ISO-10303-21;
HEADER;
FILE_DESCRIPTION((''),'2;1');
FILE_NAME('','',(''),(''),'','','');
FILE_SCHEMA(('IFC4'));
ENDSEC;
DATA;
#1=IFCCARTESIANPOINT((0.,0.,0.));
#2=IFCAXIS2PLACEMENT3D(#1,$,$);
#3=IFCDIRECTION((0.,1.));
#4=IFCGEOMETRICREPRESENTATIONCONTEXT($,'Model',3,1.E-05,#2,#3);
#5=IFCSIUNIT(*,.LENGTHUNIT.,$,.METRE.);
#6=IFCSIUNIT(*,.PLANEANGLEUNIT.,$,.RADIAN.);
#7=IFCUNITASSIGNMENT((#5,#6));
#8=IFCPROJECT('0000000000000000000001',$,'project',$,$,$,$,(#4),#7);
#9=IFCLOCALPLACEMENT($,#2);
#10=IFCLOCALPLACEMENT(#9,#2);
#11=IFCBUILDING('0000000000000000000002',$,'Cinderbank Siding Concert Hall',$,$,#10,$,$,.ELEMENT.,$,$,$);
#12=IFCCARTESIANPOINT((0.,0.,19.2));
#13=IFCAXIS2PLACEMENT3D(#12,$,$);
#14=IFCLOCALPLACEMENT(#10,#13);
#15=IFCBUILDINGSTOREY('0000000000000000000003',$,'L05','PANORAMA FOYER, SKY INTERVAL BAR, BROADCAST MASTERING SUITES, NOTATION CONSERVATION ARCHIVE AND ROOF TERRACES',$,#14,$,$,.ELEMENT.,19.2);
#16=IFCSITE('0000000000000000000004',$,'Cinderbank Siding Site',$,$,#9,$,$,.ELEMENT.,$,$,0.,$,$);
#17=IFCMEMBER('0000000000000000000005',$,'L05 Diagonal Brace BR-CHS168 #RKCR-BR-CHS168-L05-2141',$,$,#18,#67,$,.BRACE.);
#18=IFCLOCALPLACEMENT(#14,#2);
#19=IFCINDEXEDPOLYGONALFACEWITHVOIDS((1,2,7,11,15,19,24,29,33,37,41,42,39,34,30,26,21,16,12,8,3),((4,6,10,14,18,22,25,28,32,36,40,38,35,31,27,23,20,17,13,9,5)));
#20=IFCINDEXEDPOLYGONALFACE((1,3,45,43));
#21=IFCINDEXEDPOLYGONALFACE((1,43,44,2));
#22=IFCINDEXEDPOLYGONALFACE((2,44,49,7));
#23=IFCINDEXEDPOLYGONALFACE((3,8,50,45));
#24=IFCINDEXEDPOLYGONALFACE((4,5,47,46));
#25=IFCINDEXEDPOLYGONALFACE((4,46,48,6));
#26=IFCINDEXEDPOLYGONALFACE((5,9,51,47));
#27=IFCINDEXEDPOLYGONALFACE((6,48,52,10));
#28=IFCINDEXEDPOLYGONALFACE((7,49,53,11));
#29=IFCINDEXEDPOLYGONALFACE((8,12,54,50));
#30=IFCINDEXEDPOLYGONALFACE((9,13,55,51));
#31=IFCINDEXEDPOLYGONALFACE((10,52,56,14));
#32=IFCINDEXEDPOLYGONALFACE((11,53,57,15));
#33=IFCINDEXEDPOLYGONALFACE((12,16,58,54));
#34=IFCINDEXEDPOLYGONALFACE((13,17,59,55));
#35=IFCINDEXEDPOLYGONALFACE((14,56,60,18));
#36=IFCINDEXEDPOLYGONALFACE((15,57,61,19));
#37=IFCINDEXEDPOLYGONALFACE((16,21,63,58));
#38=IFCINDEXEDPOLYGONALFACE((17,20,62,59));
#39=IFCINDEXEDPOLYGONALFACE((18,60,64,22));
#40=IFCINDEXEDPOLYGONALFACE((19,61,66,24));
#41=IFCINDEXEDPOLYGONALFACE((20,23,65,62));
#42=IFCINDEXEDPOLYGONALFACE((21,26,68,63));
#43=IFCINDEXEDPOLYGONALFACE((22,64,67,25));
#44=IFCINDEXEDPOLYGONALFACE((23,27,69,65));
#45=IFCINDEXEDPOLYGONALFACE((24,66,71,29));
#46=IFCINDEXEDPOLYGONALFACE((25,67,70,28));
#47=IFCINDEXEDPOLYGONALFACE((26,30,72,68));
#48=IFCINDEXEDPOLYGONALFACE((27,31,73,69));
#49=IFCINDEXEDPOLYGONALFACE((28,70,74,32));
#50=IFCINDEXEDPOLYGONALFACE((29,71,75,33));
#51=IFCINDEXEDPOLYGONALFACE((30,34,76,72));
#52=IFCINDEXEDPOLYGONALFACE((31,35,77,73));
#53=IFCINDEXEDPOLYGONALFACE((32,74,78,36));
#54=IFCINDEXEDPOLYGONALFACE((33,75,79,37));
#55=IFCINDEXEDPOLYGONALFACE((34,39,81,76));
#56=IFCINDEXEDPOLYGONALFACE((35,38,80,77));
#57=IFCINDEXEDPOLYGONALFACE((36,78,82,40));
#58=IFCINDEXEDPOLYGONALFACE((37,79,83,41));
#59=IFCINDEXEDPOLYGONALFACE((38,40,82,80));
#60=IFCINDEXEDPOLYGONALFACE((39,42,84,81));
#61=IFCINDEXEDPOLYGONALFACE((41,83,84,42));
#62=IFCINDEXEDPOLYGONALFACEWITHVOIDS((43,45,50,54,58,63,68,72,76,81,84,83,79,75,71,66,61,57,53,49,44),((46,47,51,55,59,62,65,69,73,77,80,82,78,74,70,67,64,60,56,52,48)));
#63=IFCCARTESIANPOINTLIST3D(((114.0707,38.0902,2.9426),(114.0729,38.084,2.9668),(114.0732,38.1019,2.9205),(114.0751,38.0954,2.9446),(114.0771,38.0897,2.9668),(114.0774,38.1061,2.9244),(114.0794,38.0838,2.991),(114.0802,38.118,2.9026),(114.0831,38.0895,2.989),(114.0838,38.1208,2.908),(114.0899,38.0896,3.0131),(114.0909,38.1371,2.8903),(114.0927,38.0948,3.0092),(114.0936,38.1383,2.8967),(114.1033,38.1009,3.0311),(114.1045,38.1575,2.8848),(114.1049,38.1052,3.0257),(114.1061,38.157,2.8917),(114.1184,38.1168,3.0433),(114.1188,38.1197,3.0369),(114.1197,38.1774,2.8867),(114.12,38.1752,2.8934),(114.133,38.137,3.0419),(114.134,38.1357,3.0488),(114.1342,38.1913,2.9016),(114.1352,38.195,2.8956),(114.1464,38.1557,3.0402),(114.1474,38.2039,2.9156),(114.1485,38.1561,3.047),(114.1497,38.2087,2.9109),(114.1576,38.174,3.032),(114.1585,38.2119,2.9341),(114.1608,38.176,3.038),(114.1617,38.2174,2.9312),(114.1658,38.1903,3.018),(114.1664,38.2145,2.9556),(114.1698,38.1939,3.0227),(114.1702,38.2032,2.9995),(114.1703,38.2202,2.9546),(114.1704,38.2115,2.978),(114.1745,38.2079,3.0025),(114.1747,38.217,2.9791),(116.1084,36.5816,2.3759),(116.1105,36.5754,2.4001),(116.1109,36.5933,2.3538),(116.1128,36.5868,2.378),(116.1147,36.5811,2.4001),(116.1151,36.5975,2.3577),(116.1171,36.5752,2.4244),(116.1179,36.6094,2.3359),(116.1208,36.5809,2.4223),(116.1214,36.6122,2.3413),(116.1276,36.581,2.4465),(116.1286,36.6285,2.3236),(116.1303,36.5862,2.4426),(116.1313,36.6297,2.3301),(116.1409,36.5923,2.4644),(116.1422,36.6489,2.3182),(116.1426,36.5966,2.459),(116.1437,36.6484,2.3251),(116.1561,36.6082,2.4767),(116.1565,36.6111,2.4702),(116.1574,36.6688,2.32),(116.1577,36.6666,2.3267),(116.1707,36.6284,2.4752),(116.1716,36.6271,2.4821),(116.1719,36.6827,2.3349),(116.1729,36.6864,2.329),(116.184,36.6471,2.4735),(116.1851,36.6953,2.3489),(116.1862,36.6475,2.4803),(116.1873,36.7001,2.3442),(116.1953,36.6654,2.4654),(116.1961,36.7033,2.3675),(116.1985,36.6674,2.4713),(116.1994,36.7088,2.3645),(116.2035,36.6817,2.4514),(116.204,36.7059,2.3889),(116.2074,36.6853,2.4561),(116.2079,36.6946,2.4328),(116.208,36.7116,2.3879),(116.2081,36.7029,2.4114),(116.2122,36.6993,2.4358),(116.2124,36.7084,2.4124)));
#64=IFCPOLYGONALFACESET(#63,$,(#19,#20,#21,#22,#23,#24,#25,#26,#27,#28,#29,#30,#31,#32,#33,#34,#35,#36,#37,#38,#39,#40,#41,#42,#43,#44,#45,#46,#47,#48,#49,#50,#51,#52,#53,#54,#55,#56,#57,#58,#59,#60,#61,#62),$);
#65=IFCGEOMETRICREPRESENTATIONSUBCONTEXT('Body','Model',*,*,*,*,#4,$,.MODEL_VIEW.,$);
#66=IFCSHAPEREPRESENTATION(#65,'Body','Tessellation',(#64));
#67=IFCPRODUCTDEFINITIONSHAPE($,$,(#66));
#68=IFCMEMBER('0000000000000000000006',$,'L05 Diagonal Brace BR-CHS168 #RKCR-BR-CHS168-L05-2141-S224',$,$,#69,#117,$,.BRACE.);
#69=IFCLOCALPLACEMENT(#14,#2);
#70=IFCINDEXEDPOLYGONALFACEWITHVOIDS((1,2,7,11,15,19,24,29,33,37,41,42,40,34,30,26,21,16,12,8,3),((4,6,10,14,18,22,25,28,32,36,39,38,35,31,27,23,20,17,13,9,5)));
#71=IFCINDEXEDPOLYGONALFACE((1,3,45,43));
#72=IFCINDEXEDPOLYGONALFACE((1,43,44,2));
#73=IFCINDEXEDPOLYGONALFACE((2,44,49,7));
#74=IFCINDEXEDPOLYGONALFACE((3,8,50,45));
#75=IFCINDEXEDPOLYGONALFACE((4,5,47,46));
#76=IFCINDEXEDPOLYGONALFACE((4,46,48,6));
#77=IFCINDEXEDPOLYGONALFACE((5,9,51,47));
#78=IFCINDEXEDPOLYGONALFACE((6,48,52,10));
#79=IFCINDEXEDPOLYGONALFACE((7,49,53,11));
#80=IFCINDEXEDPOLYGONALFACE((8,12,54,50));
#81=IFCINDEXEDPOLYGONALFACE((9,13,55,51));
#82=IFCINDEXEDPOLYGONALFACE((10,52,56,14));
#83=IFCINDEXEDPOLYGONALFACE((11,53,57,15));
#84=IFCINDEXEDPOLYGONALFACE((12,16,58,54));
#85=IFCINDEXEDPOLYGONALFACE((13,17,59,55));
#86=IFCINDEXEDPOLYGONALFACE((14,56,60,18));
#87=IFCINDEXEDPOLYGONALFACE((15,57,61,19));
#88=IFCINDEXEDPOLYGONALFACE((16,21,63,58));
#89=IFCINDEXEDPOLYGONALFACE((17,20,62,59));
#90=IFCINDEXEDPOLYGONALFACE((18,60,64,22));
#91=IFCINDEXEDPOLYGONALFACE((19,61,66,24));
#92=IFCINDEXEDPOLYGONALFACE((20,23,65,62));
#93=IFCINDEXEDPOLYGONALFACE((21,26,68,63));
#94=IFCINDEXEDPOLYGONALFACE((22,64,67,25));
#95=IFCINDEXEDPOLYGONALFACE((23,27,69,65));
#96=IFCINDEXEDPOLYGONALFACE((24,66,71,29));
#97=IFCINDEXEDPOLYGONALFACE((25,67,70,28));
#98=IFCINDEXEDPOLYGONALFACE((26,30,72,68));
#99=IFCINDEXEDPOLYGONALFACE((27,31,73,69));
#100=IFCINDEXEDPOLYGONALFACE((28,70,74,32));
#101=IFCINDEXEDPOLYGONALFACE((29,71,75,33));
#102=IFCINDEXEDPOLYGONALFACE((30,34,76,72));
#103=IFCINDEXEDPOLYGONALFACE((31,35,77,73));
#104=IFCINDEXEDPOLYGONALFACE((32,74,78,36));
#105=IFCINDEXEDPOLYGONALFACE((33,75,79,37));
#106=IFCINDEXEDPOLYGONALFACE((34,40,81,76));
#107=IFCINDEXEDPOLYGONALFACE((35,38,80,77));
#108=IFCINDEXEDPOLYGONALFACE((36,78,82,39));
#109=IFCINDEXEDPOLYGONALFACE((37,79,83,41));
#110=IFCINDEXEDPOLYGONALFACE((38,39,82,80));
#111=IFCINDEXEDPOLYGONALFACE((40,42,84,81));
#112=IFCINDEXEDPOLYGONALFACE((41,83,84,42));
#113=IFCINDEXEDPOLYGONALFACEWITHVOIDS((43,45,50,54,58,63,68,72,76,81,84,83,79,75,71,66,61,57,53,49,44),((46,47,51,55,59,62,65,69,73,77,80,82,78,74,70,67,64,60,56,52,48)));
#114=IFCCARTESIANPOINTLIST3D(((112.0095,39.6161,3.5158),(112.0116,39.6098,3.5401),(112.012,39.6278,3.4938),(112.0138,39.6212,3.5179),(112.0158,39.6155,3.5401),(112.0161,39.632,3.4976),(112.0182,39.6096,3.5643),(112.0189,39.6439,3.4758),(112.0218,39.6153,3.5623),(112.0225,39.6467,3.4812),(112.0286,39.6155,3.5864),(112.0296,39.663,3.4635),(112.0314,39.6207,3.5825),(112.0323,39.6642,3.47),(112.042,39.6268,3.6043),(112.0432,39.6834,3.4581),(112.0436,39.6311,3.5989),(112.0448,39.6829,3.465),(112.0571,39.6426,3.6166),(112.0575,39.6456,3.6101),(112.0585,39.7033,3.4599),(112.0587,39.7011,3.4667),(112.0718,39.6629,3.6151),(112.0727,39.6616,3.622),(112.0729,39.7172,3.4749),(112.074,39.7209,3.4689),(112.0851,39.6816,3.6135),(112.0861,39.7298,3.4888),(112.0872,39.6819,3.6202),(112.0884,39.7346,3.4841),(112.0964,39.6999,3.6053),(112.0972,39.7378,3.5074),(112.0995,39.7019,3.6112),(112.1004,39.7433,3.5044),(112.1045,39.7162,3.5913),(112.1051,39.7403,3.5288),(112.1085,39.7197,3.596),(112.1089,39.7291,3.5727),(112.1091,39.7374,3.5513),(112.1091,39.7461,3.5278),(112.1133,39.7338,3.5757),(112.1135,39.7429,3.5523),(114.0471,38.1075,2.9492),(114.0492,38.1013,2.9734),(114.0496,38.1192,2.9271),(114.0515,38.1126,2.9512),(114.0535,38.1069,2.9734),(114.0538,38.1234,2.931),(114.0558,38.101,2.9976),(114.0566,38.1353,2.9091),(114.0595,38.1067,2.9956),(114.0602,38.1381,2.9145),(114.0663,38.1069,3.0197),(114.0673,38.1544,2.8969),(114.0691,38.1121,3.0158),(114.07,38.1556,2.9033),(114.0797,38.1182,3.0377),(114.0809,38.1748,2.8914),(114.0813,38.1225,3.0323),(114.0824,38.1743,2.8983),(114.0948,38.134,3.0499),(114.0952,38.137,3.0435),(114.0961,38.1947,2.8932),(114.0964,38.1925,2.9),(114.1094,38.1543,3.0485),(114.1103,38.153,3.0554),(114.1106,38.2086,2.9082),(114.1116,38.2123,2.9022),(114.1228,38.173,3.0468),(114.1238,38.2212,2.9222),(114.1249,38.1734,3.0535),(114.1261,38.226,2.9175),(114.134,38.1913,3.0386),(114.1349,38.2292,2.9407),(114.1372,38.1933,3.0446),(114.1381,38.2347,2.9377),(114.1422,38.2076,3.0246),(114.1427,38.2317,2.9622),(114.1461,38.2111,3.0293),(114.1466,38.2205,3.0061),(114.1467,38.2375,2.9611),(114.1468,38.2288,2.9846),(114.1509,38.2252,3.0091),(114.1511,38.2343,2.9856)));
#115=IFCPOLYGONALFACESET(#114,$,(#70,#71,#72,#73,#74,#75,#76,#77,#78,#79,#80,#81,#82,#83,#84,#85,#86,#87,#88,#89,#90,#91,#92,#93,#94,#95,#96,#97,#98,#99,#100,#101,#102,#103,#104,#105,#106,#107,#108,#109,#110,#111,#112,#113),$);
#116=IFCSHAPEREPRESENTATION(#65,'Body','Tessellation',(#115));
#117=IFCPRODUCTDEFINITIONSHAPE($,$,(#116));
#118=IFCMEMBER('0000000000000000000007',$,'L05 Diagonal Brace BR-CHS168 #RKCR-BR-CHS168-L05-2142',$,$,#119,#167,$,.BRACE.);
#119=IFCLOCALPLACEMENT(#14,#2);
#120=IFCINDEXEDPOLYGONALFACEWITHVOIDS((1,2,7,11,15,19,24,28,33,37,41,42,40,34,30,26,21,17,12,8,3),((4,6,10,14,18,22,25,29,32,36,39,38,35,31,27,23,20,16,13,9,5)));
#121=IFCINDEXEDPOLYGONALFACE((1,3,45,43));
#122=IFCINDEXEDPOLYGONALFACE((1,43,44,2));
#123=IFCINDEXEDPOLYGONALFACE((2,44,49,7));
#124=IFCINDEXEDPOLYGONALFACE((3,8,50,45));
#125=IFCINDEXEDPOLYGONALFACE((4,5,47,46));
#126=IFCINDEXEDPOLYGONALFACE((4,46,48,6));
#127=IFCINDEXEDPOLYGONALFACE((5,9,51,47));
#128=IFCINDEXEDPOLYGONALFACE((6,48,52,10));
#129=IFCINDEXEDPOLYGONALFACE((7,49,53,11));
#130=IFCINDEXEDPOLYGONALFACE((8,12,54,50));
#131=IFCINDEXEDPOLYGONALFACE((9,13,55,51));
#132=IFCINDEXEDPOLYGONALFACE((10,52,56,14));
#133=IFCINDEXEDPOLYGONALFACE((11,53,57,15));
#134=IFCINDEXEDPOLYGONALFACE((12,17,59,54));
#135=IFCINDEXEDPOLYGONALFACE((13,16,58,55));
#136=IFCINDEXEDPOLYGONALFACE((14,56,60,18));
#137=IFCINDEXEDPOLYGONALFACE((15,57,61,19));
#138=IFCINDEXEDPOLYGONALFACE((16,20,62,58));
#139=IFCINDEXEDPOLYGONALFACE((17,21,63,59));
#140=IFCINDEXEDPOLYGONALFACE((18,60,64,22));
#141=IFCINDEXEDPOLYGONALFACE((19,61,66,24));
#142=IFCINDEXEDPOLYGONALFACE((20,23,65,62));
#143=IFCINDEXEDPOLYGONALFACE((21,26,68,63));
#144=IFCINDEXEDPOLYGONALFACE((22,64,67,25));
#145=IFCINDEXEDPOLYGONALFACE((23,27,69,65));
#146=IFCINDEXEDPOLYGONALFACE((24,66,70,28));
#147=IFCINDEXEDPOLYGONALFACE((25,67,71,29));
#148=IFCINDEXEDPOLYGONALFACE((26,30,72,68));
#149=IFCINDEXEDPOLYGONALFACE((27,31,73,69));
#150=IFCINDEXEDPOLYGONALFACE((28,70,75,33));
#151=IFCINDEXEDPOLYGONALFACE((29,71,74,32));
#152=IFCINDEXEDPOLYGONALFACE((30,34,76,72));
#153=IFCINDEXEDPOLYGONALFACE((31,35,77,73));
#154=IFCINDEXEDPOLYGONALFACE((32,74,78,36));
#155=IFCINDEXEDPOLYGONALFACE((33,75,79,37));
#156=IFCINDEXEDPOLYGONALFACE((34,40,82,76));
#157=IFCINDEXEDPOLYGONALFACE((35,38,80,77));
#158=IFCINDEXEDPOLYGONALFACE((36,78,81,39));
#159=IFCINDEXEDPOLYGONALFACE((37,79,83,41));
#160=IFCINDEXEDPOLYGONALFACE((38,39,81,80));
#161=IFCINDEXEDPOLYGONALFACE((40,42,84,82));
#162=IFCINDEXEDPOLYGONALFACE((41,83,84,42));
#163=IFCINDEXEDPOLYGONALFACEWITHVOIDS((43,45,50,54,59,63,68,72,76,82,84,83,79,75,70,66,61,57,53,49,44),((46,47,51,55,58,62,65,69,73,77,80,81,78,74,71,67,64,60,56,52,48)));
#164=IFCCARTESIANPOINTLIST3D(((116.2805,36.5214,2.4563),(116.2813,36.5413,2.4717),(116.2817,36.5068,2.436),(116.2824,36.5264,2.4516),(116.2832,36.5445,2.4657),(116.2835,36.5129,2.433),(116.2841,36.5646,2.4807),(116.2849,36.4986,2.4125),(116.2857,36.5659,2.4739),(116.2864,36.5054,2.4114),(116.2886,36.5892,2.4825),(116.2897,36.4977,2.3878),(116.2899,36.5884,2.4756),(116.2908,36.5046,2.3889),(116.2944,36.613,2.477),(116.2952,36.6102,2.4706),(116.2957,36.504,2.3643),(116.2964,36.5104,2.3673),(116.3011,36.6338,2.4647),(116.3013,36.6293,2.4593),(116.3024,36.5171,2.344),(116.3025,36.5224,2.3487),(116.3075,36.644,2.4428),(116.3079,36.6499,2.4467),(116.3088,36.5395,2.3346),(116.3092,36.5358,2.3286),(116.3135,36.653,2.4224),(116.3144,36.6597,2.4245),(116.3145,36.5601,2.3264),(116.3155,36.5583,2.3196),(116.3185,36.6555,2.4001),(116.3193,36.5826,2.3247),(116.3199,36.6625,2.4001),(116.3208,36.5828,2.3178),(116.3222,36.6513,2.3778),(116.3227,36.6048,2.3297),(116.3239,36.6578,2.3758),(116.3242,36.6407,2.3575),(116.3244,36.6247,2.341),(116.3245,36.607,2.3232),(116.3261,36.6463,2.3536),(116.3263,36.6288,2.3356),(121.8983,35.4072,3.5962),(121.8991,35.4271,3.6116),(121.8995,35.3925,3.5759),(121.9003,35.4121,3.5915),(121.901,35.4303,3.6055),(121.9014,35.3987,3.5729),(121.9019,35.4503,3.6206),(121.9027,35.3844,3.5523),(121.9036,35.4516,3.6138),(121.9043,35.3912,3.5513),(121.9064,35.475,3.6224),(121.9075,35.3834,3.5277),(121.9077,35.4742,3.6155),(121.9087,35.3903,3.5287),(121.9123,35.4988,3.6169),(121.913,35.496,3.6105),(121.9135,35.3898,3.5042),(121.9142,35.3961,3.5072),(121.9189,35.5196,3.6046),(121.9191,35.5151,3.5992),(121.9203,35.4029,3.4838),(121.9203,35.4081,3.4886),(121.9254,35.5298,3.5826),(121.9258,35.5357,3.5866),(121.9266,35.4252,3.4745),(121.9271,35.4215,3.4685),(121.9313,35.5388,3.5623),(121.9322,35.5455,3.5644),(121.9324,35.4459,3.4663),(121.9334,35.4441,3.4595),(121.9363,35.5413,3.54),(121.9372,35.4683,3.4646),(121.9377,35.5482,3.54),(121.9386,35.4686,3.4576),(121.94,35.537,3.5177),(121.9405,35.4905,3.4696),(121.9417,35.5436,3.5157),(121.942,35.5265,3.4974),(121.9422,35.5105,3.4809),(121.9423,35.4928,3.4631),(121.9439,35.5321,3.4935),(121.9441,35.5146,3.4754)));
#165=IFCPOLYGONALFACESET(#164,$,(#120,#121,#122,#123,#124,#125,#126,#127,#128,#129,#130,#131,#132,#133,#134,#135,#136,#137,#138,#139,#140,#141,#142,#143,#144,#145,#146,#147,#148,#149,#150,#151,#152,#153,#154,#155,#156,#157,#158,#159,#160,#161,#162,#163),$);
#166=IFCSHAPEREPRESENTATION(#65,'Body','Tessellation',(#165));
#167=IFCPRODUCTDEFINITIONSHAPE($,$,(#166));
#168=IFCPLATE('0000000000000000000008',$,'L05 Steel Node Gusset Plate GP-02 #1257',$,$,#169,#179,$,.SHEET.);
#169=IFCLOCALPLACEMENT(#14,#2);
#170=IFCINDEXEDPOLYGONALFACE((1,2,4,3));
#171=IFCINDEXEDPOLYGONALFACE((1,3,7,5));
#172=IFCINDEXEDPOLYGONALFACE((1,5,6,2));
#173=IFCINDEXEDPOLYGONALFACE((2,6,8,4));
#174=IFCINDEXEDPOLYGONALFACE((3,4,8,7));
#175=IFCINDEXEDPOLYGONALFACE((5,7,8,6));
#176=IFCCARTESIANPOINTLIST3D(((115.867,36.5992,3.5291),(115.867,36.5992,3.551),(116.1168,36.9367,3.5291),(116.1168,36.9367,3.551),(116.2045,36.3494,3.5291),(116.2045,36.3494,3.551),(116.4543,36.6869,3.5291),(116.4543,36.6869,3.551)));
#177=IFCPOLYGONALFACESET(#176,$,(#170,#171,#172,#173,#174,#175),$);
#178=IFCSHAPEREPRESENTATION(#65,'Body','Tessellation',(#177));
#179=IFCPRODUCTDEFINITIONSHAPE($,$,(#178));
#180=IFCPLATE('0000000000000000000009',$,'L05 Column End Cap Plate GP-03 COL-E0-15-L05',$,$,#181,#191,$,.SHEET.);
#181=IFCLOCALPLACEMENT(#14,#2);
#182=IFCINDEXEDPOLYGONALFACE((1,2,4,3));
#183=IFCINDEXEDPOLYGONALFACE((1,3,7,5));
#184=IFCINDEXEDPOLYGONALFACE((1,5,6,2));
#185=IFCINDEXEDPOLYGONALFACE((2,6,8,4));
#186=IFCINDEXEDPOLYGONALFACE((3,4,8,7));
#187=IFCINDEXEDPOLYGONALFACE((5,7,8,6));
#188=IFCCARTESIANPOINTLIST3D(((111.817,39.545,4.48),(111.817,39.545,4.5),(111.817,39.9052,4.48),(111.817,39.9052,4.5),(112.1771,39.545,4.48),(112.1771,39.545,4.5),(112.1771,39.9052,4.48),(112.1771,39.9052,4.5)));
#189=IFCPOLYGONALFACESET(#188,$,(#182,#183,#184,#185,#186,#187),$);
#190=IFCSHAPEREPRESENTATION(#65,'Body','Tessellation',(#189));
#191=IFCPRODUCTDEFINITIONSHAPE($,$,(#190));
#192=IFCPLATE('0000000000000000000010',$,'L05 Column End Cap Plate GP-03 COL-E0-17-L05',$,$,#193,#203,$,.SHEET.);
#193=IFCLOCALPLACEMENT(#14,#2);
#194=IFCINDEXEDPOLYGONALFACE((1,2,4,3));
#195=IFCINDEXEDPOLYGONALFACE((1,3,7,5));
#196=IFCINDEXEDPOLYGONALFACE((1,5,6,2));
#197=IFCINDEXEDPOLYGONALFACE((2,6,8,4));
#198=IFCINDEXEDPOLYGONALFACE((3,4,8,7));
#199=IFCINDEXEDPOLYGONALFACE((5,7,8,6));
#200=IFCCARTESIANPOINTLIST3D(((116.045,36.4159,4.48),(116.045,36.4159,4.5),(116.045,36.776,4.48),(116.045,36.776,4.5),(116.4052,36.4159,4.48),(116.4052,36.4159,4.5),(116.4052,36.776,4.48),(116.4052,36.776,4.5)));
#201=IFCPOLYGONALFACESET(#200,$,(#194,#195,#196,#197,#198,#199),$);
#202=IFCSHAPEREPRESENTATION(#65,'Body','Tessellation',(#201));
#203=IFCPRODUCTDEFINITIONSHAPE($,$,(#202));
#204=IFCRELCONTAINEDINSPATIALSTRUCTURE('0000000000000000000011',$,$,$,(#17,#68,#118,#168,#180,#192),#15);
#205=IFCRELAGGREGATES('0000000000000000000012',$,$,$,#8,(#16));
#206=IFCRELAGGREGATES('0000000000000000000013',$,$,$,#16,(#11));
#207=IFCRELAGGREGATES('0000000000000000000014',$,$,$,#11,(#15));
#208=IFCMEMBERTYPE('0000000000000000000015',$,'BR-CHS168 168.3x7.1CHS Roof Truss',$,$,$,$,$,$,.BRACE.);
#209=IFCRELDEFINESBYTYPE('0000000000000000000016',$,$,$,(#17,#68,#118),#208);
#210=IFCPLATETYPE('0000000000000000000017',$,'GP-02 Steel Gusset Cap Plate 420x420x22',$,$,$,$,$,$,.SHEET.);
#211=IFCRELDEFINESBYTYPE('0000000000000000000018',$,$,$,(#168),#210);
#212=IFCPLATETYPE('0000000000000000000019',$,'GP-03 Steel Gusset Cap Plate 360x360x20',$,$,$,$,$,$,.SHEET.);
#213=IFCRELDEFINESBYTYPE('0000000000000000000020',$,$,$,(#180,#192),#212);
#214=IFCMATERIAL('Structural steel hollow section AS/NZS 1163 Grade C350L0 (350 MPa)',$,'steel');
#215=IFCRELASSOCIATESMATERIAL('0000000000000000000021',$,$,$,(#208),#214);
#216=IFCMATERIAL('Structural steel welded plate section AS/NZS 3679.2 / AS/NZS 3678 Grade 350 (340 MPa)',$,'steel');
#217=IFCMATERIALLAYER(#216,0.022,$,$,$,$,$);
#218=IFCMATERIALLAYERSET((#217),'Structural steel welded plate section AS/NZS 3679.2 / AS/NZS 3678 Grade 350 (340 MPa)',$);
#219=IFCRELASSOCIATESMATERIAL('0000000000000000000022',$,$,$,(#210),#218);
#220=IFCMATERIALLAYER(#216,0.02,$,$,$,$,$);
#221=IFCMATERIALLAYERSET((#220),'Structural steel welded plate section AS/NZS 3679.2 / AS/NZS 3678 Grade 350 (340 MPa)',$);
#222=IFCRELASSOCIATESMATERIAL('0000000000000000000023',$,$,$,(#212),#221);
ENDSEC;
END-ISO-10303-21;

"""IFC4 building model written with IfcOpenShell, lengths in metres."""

from ifc_helpers import new_model, si_unit, direction, frame, origin, origin_2d, place, context, subcontext, project, spatial, rectangle, hollow_circle, extrude, material, layer, layer_set, material_profile, profile_set, type_object, element, save


model = new_model("IFC4")

# Units and contexts
model_context = context("Model", 3, precision=1e-05, world=origin(), true_north=direction((0.0, 1.0)))
body_context = subcontext(model_context, "Body", "Model", "MODEL_VIEW")
ifc_project = project(units=[si_unit("LENGTHUNIT", "METRE"), si_unit("PLANEANGLEUNIT", "RADIAN")], contexts=[model_context])

# Site, building, storey
site_placement = place(None, origin())
site = spatial("IfcSite", under=ifc_project, at=site_placement, Name="Cinderbank Siding Site", CompositionType="ELEMENT", RefElevation=0.0)
building_placement = place(site_placement, origin())
building = spatial("IfcBuilding", under=site, at=building_placement, Name="Cinderbank Siding Concert Hall", CompositionType="ELEMENT")
storey_placement = place(building_placement, frame((0.0, 0.0, 19.2)))
storey = spatial("IfcBuildingStorey", under=building, at=storey_placement, Name="L05", Description="PANORAMA FOYER, SKY INTERVAL BAR, BROADCAST MASTERING SUITES, NOTATION CONSERVATION ARCHIVE AND ROOF TERRACES", CompositionType="ELEMENT", Elevation=19.2)

# Shared definitions
ifc_material_1 = material(Name="Structural steel hollow section AS/NZS 1163 Grade C350L0 (350 MPa)", Category="steel")

# Members
ifc_material_profile_1 = material_profile(ifc_material_1, hollow_circle(Radius=0.0842, WallThickness=0.0071, at=origin_2d()), Name="168.3x7.1CHS", Category="LoadBearing")
ifc_profile_set_1 = profile_set([ifc_material_profile_1], Name="Structural steel hollow section AS/NZS 1163 Grade C350L0 (350 MPa)")
member_type = type_object("IfcMemberType", Name="BR-CHS168 168.3x7.1CHS Roof Truss", PredefinedType="BRACE", material=ifc_profile_set_1)
for number, where, z_axis, x_axis, name in (
    (1, (116.1606, 36.6431, 2.4001), (-0.784353, 0.580699, 0.218126), (-0.595027, -0.803706, 0.0), "L05 Diagonal Brace BR-CHS168 #RKCR-BR-CHS168-L05-2141"),
    (2, (114.0994, 38.1689, 2.9734), (-0.784353, 0.580699, 0.218126), (-0.595027, -0.803706, 0.0), "L05 Diagonal Brace BR-CHS168 #RKCR-BR-CHS168-L05-2141-S224"),
):
    element("IfcMember", number, at=place(storey_placement, frame(where, z_axis=z_axis, x_axis=x_axis)), inside=storey, type_object=member_type, Name=name, PredefinedType="BRACE", context=body_context, shape_type="SweptSolid", body=[
        extrude(hollow_circle(Radius=0.0842, WallThickness=0.0071, at=origin_2d()), origin(), (0.0, 0.0, 1.0), 2.5979),
    ])
member_1_placement = place(storey_placement, frame((116.3035, 36.5798, 2.4001), z_axis=(0.962024, -0.190808, 0.195198), x_axis=(0.19455, 0.980893, 0.0)))
element("IfcMember", 3, at=member_1_placement, inside=storey, type_object=member_type, Name="L05 Diagonal Brace BR-CHS168 #RKCR-BR-CHS168-L05-2142", PredefinedType="BRACE", context=body_context, shape_type="SweptSolid", body=[
    extrude(hollow_circle(Radius=0.0842, WallThickness=0.0071, at=origin_2d()), origin(), (0.0, 0.0, 1.0), 5.8396),
])

# Plates
ifc_material_2 = material(Name="Structural steel welded plate section AS/NZS 3679.2 / AS/NZS 3678 Grade 350 (340 MPa)", Category="steel")
ifc_layer_1 = layer(ifc_material_2, 0.022)
ifc_layer_set_1 = layer_set([ifc_layer_1], Name="Structural steel welded plate section AS/NZS 3679.2 / AS/NZS 3678 Grade 350 (340 MPa)")
plate_type_1 = type_object("IfcPlateType", Name="GP-02 Steel Gusset Cap Plate 420x420x22", PredefinedType="SHEET", material=ifc_layer_set_1)
plate_placement = place(storey_placement, frame((116.1606, 36.6431, 3.5291), z_axis=(0.0, 0.0, 1.0), x_axis=(0.803753, -0.594963, 0.0)))
element("IfcPlate", 4, at=plate_placement, inside=storey, type_object=plate_type_1, Name="L05 Steel Node Gusset Plate GP-02 #1257", PredefinedType="SHEET", context=body_context, shape_type="SweptSolid", body=[
    extrude(rectangle(XDim=0.4199, YDim=0.4199, at=origin_2d()), origin(), (0.0, 0.0, 1.0), 0.022),
])
ifc_layer_2 = layer(ifc_material_2, 0.02)
ifc_layer_set_2 = layer_set([ifc_layer_2], Name="Structural steel welded plate section AS/NZS 3679.2 / AS/NZS 3678 Grade 350 (340 MPa)")
plate_type_2 = type_object("IfcPlateType", Name="GP-03 Steel Gusset Cap Plate 360x360x20", PredefinedType="SHEET", material=ifc_layer_set_2)
for number, where, z_axis, x_axis, name in (
    (5, (111.9971, 39.7251, 4.48), (0.0, 0.0, 1.0), (1.0, 0.0, 0.0), "L05 Column End Cap Plate GP-03 COL-E0-15-L05"),
    (6, (116.2251, 36.5959, 4.48), (0.0, 0.0, 1.0), (1.0, 0.0, 0.0), "L05 Column End Cap Plate GP-03 COL-E0-17-L05"),
):
    element("IfcPlate", number, at=place(storey_placement, frame(where, z_axis=z_axis, x_axis=x_axis)), inside=storey, type_object=plate_type_2, Name=name, PredefinedType="SHEET", context=body_context, shape_type="SweptSolid", body=[
        extrude(rectangle(XDim=0.3601, YDim=0.3601, at=origin_2d()), origin(), (0.0, 0.0, 1.0), 0.02),
    ])

save(model, "model.ifc")
